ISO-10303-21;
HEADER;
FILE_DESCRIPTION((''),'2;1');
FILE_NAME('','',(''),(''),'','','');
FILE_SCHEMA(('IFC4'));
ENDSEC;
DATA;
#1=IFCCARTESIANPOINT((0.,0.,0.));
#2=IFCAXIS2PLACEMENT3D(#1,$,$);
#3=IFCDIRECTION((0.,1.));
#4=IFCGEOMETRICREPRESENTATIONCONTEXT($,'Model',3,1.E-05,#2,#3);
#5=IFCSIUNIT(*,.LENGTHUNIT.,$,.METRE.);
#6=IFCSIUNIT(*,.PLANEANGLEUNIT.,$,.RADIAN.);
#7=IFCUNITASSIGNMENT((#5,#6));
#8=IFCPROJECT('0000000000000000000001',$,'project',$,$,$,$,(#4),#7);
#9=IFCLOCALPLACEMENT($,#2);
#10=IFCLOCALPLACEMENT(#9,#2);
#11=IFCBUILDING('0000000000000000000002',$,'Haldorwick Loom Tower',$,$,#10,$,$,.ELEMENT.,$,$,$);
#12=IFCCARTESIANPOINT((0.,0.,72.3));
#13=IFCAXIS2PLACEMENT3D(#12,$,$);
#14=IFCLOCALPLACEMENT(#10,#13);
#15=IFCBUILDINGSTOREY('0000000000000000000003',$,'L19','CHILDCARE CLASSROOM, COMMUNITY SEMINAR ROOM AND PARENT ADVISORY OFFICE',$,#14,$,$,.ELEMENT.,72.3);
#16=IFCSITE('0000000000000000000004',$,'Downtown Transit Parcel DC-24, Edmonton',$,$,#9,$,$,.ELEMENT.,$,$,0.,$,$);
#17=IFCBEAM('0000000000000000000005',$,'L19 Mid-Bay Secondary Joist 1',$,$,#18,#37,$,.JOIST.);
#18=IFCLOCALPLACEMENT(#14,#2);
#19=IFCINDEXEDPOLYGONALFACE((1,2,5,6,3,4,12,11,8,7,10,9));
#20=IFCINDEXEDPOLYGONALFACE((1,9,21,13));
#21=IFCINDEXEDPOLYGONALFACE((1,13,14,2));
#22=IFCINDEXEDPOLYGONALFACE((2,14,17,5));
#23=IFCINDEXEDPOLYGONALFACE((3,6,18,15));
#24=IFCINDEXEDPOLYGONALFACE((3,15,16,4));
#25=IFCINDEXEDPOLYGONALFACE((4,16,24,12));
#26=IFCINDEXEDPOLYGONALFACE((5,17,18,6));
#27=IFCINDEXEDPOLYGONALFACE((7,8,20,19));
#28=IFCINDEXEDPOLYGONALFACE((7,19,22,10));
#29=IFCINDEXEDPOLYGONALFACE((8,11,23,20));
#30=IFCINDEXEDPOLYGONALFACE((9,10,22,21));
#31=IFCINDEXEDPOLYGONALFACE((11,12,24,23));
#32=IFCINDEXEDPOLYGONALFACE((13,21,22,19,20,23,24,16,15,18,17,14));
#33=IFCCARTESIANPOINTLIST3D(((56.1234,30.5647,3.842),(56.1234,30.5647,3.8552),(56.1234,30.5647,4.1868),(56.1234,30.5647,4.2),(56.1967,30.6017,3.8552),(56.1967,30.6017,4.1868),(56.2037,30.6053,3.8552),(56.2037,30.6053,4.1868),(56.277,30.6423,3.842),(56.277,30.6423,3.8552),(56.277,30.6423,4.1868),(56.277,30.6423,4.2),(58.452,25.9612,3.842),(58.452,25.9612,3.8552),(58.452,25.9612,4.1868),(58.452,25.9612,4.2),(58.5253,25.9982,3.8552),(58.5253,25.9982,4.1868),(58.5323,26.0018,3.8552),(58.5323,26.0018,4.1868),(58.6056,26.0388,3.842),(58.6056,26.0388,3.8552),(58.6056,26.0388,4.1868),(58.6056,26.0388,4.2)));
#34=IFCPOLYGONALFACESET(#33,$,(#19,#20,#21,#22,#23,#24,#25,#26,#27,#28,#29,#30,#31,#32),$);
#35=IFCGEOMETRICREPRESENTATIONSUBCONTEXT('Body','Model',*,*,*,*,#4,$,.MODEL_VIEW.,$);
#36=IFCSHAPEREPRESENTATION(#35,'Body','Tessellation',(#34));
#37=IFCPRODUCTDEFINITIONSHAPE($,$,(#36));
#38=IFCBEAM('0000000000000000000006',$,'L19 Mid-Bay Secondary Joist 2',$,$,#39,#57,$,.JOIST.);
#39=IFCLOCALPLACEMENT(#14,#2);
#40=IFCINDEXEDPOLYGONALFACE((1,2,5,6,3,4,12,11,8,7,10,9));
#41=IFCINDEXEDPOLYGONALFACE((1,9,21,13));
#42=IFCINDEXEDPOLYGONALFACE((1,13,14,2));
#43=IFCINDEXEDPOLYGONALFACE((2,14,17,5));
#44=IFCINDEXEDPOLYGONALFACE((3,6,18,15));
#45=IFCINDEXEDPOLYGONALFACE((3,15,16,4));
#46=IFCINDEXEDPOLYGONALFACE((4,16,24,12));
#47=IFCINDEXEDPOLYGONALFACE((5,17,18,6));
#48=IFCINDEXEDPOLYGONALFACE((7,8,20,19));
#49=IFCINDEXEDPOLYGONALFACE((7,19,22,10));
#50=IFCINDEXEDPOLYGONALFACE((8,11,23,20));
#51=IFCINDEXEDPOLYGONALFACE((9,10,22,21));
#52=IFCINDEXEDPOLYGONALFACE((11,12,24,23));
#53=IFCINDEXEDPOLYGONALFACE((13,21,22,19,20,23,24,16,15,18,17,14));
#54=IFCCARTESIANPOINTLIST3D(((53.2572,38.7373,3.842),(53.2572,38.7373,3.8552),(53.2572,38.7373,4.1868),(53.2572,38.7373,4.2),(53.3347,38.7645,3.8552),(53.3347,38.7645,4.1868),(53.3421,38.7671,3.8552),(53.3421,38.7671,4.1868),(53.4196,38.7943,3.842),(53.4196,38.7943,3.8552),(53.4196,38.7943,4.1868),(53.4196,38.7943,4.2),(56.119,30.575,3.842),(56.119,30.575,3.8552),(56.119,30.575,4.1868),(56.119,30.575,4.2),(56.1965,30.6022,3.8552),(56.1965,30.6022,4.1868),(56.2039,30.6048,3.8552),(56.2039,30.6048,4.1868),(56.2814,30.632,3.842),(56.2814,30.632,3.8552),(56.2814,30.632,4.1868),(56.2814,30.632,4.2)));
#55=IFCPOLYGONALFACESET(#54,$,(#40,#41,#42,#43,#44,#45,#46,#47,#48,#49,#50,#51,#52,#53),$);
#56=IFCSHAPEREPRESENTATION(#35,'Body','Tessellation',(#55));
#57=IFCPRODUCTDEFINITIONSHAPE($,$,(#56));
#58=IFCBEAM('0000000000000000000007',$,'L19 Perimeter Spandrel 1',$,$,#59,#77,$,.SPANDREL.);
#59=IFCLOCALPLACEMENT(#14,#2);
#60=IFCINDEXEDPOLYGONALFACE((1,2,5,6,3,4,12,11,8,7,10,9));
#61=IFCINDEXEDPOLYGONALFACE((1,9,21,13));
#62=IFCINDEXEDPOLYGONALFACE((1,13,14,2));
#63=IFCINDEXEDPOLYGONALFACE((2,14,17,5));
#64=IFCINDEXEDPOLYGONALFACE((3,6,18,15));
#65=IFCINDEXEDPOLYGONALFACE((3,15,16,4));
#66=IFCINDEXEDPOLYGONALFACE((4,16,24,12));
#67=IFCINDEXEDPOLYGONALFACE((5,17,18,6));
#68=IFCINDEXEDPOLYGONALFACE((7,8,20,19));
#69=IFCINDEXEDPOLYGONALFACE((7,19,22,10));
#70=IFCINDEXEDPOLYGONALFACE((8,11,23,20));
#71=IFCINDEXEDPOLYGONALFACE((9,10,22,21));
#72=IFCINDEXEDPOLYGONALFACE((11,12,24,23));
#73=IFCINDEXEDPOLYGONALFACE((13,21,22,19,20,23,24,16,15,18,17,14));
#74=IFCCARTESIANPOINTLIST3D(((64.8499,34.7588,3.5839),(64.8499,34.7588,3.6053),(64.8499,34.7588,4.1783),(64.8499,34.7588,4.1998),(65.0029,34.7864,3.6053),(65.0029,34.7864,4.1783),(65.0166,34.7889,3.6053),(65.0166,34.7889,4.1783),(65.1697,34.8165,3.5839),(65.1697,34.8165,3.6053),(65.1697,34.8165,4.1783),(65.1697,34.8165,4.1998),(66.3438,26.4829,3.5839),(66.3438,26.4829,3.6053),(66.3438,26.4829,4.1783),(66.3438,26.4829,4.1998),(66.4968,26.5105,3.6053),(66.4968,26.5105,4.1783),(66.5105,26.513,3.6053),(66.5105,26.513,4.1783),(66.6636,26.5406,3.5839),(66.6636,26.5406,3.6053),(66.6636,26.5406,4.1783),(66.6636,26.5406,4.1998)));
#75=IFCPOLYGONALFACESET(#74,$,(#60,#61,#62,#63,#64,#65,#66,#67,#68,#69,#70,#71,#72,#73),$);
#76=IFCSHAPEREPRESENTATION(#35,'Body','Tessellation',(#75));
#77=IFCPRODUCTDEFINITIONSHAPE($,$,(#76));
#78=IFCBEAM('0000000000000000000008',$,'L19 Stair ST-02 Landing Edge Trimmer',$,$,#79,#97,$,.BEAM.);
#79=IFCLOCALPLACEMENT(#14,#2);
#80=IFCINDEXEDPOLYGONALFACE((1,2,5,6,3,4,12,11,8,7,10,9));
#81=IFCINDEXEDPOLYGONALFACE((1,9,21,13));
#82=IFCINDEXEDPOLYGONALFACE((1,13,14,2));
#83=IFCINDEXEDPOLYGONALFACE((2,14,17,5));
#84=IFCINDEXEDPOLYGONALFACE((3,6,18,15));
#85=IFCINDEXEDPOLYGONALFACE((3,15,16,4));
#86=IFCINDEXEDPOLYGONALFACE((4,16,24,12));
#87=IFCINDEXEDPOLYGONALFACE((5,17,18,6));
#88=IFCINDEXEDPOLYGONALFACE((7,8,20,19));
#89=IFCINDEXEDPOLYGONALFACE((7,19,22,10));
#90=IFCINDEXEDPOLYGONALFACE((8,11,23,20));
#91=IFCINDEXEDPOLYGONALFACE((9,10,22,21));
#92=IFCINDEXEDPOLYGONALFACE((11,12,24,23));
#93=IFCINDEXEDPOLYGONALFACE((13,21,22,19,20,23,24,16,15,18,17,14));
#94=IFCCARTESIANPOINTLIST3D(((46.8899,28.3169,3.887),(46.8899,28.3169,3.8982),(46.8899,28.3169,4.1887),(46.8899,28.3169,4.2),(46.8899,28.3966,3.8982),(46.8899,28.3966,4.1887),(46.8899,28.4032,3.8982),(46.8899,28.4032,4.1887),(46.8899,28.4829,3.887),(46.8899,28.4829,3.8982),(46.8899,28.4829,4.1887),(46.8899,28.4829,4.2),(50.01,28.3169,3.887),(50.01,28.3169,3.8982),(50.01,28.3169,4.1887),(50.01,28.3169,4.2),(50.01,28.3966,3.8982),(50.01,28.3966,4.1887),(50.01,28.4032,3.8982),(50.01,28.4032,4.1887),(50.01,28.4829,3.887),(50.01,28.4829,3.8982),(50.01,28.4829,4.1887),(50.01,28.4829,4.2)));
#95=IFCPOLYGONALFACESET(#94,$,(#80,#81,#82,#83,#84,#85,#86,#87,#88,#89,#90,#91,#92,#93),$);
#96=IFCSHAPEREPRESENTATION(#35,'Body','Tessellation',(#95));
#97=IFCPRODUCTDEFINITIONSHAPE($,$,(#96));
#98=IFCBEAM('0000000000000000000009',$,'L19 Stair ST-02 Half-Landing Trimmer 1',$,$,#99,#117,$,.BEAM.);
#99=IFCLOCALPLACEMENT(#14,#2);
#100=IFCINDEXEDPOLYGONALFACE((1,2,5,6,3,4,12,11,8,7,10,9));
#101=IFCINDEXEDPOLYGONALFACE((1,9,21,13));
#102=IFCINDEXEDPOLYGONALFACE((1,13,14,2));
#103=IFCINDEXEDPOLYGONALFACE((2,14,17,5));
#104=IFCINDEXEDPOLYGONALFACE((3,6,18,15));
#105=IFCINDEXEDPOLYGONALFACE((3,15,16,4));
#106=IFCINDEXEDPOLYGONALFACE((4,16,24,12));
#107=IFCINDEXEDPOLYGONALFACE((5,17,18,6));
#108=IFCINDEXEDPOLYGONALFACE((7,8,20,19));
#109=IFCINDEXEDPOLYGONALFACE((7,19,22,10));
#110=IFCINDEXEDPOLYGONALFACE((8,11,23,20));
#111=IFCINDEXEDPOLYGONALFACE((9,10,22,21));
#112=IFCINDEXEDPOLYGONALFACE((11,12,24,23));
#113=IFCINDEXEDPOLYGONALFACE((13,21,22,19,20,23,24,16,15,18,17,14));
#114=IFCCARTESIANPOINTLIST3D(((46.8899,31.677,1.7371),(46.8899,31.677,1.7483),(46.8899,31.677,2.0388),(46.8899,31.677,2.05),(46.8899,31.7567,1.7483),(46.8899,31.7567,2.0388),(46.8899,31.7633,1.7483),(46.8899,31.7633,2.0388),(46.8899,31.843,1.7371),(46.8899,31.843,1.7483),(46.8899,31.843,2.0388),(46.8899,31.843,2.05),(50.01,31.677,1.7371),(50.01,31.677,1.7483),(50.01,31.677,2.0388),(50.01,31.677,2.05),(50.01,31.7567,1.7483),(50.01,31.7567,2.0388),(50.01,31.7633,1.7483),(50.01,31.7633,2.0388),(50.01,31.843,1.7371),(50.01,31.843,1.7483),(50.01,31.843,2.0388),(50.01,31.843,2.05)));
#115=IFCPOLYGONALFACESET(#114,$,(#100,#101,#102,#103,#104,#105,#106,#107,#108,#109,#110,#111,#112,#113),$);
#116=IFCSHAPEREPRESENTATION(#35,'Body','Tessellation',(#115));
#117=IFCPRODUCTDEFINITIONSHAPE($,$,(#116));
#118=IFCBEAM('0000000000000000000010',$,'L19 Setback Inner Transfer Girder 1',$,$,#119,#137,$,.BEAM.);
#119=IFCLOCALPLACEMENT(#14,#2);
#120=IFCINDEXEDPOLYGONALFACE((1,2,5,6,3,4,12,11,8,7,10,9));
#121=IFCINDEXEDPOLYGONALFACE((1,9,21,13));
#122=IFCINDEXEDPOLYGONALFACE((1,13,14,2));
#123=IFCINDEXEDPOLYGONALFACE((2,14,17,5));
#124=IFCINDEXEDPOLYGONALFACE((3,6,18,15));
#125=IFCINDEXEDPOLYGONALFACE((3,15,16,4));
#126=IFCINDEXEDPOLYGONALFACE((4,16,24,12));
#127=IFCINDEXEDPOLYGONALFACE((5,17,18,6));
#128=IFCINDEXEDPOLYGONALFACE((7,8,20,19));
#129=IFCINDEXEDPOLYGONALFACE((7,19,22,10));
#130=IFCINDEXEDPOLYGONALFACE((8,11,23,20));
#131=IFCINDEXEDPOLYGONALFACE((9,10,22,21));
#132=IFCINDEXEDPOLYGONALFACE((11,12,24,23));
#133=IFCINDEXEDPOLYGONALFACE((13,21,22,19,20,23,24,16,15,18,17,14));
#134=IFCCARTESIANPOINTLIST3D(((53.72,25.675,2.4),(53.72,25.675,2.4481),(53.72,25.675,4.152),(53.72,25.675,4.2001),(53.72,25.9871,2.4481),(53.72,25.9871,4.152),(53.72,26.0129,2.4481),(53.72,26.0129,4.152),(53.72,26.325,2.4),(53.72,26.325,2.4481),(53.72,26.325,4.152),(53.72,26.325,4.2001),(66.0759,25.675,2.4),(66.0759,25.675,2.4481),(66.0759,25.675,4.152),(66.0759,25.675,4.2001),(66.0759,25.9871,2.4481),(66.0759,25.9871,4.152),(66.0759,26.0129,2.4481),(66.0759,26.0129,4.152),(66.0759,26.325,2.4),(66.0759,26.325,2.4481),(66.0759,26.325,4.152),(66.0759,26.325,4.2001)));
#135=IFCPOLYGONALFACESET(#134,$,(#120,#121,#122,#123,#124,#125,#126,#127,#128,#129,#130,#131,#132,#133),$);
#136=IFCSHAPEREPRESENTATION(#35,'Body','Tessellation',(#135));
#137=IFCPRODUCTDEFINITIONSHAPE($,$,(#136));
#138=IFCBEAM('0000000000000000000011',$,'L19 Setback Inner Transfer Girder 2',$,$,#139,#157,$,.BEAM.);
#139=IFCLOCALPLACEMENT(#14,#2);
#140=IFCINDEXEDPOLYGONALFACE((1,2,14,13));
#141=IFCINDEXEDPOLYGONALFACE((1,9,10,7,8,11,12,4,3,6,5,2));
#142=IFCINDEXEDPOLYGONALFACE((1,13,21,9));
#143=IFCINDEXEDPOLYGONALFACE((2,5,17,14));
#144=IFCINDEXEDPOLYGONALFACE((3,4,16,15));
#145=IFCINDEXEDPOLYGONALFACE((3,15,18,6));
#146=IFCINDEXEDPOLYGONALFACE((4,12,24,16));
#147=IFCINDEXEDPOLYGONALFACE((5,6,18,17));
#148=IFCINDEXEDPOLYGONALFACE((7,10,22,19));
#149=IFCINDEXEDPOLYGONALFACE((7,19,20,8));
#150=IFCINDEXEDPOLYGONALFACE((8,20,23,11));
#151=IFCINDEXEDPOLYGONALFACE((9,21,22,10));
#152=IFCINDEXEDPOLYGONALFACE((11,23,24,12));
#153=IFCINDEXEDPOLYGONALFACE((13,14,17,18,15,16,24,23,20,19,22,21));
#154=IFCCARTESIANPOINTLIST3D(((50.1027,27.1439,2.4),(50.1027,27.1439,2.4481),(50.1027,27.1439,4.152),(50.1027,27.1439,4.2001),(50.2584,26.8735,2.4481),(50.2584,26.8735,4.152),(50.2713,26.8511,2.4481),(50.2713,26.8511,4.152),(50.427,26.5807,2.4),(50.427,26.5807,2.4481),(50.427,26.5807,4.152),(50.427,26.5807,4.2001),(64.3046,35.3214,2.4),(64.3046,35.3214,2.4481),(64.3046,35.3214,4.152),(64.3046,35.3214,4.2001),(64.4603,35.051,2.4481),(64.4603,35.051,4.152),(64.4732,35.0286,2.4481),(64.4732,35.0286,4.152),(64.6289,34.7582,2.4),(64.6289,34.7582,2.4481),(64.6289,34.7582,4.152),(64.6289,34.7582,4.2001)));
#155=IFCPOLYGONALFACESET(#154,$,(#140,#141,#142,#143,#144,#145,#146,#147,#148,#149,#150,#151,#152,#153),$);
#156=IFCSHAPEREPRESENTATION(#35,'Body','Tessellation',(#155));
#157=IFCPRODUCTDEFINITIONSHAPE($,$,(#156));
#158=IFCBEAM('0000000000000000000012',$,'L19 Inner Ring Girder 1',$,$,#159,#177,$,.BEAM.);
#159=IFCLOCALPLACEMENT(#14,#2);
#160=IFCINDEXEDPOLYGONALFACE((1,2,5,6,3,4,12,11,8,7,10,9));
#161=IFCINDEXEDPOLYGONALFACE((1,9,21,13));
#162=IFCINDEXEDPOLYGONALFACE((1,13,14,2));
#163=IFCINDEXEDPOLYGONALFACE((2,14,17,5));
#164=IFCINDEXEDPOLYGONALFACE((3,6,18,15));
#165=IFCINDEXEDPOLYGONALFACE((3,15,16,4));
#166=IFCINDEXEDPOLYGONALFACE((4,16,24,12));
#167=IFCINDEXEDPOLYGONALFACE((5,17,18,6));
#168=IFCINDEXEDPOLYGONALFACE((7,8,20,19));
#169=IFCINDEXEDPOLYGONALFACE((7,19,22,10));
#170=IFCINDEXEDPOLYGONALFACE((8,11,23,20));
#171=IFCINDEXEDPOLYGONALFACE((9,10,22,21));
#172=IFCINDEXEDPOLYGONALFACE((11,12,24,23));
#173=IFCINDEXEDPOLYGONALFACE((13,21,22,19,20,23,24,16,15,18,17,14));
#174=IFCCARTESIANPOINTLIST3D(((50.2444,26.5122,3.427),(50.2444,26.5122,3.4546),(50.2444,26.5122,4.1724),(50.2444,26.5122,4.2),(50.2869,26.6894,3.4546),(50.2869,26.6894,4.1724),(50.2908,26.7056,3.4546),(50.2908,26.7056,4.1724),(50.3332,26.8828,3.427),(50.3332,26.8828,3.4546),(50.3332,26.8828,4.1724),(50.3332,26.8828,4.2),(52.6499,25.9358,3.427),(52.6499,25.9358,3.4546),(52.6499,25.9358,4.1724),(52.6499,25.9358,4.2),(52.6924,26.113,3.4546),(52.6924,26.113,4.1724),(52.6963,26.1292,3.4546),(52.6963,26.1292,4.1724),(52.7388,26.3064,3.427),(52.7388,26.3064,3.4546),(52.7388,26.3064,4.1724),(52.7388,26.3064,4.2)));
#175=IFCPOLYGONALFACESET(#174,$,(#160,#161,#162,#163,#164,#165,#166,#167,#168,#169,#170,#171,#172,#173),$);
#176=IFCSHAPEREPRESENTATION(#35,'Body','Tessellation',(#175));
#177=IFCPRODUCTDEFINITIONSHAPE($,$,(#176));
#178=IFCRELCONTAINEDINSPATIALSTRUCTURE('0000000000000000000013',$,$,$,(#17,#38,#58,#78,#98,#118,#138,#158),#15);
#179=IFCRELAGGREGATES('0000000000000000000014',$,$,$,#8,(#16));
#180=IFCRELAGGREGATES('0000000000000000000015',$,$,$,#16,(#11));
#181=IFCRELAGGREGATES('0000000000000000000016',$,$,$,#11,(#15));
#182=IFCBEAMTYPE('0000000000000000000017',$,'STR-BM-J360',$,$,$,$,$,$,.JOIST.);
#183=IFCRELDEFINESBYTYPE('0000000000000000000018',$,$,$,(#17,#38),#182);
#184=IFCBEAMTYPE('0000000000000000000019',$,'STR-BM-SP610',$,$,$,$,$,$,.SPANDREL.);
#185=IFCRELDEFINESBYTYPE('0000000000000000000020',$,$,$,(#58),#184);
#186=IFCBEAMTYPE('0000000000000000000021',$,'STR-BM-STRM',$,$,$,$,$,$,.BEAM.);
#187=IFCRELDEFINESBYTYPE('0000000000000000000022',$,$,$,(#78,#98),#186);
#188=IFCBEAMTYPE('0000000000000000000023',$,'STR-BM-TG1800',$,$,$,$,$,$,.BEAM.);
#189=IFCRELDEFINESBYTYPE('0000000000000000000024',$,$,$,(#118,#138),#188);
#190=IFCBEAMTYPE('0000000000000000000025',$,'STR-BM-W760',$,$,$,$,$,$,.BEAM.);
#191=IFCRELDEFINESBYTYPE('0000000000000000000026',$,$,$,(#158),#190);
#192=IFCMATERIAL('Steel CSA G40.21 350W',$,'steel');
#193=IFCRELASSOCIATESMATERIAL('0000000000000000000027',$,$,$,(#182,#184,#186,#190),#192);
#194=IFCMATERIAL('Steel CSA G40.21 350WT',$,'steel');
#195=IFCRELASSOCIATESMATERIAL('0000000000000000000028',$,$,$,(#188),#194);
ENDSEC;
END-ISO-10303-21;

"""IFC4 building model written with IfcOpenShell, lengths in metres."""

from ifc_helpers import new_model, si_unit, direction, frame, origin, origin_2d, place, context, subcontext, project, spatial, i_section, extrude, material, material_profile, profile_set, type_object, element, save


model = new_model("IFC4")

# Units and contexts
model_context = context("Model", 3, precision=1e-05, world=origin(), true_north=direction((0.0, 1.0)))
body_context = subcontext(model_context, "Body", "Model", "MODEL_VIEW")
ifc_project = project(units=[si_unit("LENGTHUNIT", "METRE"), si_unit("PLANEANGLEUNIT", "RADIAN")], contexts=[model_context])

# Site, building, storey
site_placement = place(None, origin())
site = spatial("IfcSite", under=ifc_project, at=site_placement, Name="Downtown Transit Parcel DC-24, Edmonton", CompositionType="ELEMENT", RefElevation=0.0)
building_placement = place(site_placement, origin())
building = spatial("IfcBuilding", under=site, at=building_placement, Name="Haldorwick Loom Tower", CompositionType="ELEMENT")
storey_placement = place(building_placement, frame((0.0, 0.0, 72.3)))
storey = spatial("IfcBuildingStorey", under=building, at=storey_placement, Name="L19", Description="CHILDCARE CLASSROOM, COMMUNITY SEMINAR ROOM AND PARENT ADVISORY OFFICE", CompositionType="ELEMENT", Elevation=72.3)

# Shared definitions
ifc_material_1 = material(Name="Steel CSA G40.21 350WT", Category="steel")

# Beams
ifc_material_2 = material(Name="Steel CSA G40.21 350W", Category="steel")
ifc_material_profile_1 = material_profile(ifc_material_2, i_section(OverallWidth=0.1721, OverallDepth=0.3579, WebThickness=0.0078, FlangeThickness=0.0132, at=origin_2d()), Name="W360X57", Category="steel")
ifc_profile_set_1 = profile_set([ifc_material_profile_1], Name="Steel CSA G40.21 350W")
beam_type_1 = type_object("IfcBeamType", Name="STR-BM-J360", PredefinedType="JOIST", material=ifc_profile_set_1)
beam_1_placement = place(storey_placement, frame((58.5288, 26.0, 4.021), z_axis=(-0.451373, 0.892335, 0.0), x_axis=(-0.892335, -0.451373, 0.0)))
element("IfcBeam", 1, at=beam_1_placement, inside=storey, type_object=beam_type_1, Name="L19 Mid-Bay Secondary Joist 1", PredefinedType="JOIST", context=body_context, shape_type="SweptSolid", body=[
    extrude(i_section(OverallWidth=0.1721, OverallDepth=0.3579, WebThickness=0.0078, FlangeThickness=0.0132, at=origin_2d()), origin(), (0.0, 0.0, 1.0), 5.1589),
])
beam_2_placement = place(storey_placement, frame((56.2002, 30.6035, 4.021), z_axis=(-0.330865, 0.943678, 0.0), x_axis=(-0.943678, -0.330865, 0.0)))
element("IfcBeam", 2, at=beam_2_placement, inside=storey, type_object=beam_type_1, Name="L19 Mid-Bay Secondary Joist 2", PredefinedType="JOIST", context=body_context, shape_type="SweptSolid", body=[
    extrude(i_section(OverallWidth=0.1721, OverallDepth=0.3579, WebThickness=0.0078, FlangeThickness=0.0132, at=origin_2d()), origin(), (0.0, 0.0, 1.0), 8.6494),
])
ifc_material_profile_2 = material_profile(ifc_material_2, i_section(OverallWidth=0.325, OverallDepth=0.616, WebThickness=0.0139, FlangeThickness=0.0215, at=origin_2d()), Name="W610X174", Category="steel")
ifc_profile_set_2 = profile_set([ifc_material_profile_2], Name="Steel CSA G40.21 350W")
beam_type_2 = type_object("IfcBeamType", Name="STR-BM-SP610", PredefinedType="SPANDREL", material=ifc_profile_set_2)
beam_3_placement = place(storey_placement, frame((66.5037, 26.5117, 3.8918), z_axis=(-0.177641, 0.984095, 0.0), x_axis=(-0.984095, -0.177641, 0.0)))
element("IfcBeam", 3, at=beam_3_placement, inside=storey, type_object=beam_type_2, Name="L19 Perimeter Spandrel 1", PredefinedType="SPANDREL", context=body_context, shape_type="SweptSolid", body=[
    extrude(i_section(OverallWidth=0.325, OverallDepth=0.616, WebThickness=0.0139, FlangeThickness=0.0215, at=origin_2d()), origin(), (0.0, 0.0, 1.0), 8.4097),
])
ifc_material_profile_3 = material_profile(ifc_material_2, i_section(OverallWidth=0.166, OverallDepth=0.313, WebThickness=0.0066, FlangeThickness=0.0112, at=origin_2d()), Name="W310X45", Category="steel")
ifc_profile_set_3 = profile_set([ifc_material_profile_3], Name="Steel CSA G40.21 350W")
beam_type_3 = type_object("IfcBeamType", Name="STR-BM-STRM", PredefinedType="BEAM", material=ifc_profile_set_3)
for number, where, z_axis, x_axis, name in (
    (4, (46.8899, 28.3999, 4.0435), (1.0, 0.0, 0.0), (0.0, 1.0, 0.0), "L19 Stair ST-02 Landing Edge Trimmer"),
    (5, (46.8899, 31.76, 1.8936), (1.0, 0.0, 0.0), (0.0, 1.0, 0.0), "L19 Stair ST-02 Half-Landing Trimmer 1"),
):
    element("IfcBeam", number, at=place(storey_placement, frame(where, z_axis=z_axis, x_axis=x_axis)), inside=storey, type_object=beam_type_3, Name=name, PredefinedType="BEAM", context=body_context, shape_type="SweptSolid", body=[
        extrude(i_section(OverallWidth=0.166, OverallDepth=0.313, WebThickness=0.0066, FlangeThickness=0.0112, at=origin_2d()), origin(), (0.0, 0.0, 1.0), 3.1201),
    ])
ifc_material_profile_4 = material_profile(ifc_material_1, i_section(OverallWidth=0.6499, OverallDepth=1.8, WebThickness=0.0259, FlangeThickness=0.0481, at=origin_2d()), Name="WWF1800X650", Category="steel")
ifc_profile_set_4 = profile_set([ifc_material_profile_4], Name="Steel CSA G40.21 350WT")
beam_type_4 = type_object("IfcBeamType", Name="STR-BM-TG1800", PredefinedType="BEAM", material=ifc_profile_set_4)
beam_4_placement = place(storey_placement, frame((53.72, 26.0, 3.3), z_axis=(1.0, 0.0, 0.0), x_axis=(0.0, 1.0, 0.0)))
element("IfcBeam", 6, at=beam_4_placement, inside=storey, type_object=beam_type_4, Name="L19 Setback Inner Transfer Girder 1", PredefinedType="BEAM", context=body_context, shape_type="SweptSolid", body=[
    extrude(i_section(OverallWidth=0.6499, OverallDepth=1.8, WebThickness=0.0259, FlangeThickness=0.0481, at=origin_2d()), origin(), (0.0, 0.0, 1.0), 12.356),
])
beam_5_placement = place(storey_placement, frame((50.2649, 26.8623, 3.3), z_axis=(0.866606, 0.498994, 0.0), x_axis=(-0.498994, 0.866606, 0.0)))
element("IfcBeam", 7, at=beam_5_placement, inside=storey, type_object=beam_type_4, Name="L19 Setback Inner Transfer Girder 2", PredefinedType="BEAM", context=body_context, shape_type="SweptSolid", body=[
    extrude(i_section(OverallWidth=0.6499, OverallDepth=1.8, WebThickness=0.0259, FlangeThickness=0.0481, at=origin_2d()), origin(), (0.0, 0.0, 1.0), 16.3879),
])
ifc_material_profile_5 = material_profile(ifc_material_2, i_section(OverallWidth=0.3811, OverallDepth=0.7729, WebThickness=0.0166, FlangeThickness=0.0276, at=origin_2d()), Name="W760X257", Category="steel")
ifc_profile_set_5 = profile_set([ifc_material_profile_5], Name="Steel CSA G40.21 350W")
beam_type_5 = type_object("IfcBeamType", Name="STR-BM-W760", PredefinedType="BEAM", material=ifc_profile_set_5)
beam_6_placement = place(storey_placement, frame((50.2888, 26.6975, 3.8135), z_axis=(0.972471, -0.233026, 0.0), x_axis=(0.233026, 0.972471, 0.0)))
element("IfcBeam", 8, at=beam_6_placement, inside=storey, type_object=beam_type_5, Name="L19 Inner Ring Girder 1", PredefinedType="BEAM", context=body_context, shape_type="SweptSolid", body=[
    extrude(i_section(OverallWidth=0.3811, OverallDepth=0.7729, WebThickness=0.0166, FlangeThickness=0.0276, at=origin_2d()), origin(), (0.0, 0.0, 1.0), 2.4736),
])

save(model, "model.ifc")
